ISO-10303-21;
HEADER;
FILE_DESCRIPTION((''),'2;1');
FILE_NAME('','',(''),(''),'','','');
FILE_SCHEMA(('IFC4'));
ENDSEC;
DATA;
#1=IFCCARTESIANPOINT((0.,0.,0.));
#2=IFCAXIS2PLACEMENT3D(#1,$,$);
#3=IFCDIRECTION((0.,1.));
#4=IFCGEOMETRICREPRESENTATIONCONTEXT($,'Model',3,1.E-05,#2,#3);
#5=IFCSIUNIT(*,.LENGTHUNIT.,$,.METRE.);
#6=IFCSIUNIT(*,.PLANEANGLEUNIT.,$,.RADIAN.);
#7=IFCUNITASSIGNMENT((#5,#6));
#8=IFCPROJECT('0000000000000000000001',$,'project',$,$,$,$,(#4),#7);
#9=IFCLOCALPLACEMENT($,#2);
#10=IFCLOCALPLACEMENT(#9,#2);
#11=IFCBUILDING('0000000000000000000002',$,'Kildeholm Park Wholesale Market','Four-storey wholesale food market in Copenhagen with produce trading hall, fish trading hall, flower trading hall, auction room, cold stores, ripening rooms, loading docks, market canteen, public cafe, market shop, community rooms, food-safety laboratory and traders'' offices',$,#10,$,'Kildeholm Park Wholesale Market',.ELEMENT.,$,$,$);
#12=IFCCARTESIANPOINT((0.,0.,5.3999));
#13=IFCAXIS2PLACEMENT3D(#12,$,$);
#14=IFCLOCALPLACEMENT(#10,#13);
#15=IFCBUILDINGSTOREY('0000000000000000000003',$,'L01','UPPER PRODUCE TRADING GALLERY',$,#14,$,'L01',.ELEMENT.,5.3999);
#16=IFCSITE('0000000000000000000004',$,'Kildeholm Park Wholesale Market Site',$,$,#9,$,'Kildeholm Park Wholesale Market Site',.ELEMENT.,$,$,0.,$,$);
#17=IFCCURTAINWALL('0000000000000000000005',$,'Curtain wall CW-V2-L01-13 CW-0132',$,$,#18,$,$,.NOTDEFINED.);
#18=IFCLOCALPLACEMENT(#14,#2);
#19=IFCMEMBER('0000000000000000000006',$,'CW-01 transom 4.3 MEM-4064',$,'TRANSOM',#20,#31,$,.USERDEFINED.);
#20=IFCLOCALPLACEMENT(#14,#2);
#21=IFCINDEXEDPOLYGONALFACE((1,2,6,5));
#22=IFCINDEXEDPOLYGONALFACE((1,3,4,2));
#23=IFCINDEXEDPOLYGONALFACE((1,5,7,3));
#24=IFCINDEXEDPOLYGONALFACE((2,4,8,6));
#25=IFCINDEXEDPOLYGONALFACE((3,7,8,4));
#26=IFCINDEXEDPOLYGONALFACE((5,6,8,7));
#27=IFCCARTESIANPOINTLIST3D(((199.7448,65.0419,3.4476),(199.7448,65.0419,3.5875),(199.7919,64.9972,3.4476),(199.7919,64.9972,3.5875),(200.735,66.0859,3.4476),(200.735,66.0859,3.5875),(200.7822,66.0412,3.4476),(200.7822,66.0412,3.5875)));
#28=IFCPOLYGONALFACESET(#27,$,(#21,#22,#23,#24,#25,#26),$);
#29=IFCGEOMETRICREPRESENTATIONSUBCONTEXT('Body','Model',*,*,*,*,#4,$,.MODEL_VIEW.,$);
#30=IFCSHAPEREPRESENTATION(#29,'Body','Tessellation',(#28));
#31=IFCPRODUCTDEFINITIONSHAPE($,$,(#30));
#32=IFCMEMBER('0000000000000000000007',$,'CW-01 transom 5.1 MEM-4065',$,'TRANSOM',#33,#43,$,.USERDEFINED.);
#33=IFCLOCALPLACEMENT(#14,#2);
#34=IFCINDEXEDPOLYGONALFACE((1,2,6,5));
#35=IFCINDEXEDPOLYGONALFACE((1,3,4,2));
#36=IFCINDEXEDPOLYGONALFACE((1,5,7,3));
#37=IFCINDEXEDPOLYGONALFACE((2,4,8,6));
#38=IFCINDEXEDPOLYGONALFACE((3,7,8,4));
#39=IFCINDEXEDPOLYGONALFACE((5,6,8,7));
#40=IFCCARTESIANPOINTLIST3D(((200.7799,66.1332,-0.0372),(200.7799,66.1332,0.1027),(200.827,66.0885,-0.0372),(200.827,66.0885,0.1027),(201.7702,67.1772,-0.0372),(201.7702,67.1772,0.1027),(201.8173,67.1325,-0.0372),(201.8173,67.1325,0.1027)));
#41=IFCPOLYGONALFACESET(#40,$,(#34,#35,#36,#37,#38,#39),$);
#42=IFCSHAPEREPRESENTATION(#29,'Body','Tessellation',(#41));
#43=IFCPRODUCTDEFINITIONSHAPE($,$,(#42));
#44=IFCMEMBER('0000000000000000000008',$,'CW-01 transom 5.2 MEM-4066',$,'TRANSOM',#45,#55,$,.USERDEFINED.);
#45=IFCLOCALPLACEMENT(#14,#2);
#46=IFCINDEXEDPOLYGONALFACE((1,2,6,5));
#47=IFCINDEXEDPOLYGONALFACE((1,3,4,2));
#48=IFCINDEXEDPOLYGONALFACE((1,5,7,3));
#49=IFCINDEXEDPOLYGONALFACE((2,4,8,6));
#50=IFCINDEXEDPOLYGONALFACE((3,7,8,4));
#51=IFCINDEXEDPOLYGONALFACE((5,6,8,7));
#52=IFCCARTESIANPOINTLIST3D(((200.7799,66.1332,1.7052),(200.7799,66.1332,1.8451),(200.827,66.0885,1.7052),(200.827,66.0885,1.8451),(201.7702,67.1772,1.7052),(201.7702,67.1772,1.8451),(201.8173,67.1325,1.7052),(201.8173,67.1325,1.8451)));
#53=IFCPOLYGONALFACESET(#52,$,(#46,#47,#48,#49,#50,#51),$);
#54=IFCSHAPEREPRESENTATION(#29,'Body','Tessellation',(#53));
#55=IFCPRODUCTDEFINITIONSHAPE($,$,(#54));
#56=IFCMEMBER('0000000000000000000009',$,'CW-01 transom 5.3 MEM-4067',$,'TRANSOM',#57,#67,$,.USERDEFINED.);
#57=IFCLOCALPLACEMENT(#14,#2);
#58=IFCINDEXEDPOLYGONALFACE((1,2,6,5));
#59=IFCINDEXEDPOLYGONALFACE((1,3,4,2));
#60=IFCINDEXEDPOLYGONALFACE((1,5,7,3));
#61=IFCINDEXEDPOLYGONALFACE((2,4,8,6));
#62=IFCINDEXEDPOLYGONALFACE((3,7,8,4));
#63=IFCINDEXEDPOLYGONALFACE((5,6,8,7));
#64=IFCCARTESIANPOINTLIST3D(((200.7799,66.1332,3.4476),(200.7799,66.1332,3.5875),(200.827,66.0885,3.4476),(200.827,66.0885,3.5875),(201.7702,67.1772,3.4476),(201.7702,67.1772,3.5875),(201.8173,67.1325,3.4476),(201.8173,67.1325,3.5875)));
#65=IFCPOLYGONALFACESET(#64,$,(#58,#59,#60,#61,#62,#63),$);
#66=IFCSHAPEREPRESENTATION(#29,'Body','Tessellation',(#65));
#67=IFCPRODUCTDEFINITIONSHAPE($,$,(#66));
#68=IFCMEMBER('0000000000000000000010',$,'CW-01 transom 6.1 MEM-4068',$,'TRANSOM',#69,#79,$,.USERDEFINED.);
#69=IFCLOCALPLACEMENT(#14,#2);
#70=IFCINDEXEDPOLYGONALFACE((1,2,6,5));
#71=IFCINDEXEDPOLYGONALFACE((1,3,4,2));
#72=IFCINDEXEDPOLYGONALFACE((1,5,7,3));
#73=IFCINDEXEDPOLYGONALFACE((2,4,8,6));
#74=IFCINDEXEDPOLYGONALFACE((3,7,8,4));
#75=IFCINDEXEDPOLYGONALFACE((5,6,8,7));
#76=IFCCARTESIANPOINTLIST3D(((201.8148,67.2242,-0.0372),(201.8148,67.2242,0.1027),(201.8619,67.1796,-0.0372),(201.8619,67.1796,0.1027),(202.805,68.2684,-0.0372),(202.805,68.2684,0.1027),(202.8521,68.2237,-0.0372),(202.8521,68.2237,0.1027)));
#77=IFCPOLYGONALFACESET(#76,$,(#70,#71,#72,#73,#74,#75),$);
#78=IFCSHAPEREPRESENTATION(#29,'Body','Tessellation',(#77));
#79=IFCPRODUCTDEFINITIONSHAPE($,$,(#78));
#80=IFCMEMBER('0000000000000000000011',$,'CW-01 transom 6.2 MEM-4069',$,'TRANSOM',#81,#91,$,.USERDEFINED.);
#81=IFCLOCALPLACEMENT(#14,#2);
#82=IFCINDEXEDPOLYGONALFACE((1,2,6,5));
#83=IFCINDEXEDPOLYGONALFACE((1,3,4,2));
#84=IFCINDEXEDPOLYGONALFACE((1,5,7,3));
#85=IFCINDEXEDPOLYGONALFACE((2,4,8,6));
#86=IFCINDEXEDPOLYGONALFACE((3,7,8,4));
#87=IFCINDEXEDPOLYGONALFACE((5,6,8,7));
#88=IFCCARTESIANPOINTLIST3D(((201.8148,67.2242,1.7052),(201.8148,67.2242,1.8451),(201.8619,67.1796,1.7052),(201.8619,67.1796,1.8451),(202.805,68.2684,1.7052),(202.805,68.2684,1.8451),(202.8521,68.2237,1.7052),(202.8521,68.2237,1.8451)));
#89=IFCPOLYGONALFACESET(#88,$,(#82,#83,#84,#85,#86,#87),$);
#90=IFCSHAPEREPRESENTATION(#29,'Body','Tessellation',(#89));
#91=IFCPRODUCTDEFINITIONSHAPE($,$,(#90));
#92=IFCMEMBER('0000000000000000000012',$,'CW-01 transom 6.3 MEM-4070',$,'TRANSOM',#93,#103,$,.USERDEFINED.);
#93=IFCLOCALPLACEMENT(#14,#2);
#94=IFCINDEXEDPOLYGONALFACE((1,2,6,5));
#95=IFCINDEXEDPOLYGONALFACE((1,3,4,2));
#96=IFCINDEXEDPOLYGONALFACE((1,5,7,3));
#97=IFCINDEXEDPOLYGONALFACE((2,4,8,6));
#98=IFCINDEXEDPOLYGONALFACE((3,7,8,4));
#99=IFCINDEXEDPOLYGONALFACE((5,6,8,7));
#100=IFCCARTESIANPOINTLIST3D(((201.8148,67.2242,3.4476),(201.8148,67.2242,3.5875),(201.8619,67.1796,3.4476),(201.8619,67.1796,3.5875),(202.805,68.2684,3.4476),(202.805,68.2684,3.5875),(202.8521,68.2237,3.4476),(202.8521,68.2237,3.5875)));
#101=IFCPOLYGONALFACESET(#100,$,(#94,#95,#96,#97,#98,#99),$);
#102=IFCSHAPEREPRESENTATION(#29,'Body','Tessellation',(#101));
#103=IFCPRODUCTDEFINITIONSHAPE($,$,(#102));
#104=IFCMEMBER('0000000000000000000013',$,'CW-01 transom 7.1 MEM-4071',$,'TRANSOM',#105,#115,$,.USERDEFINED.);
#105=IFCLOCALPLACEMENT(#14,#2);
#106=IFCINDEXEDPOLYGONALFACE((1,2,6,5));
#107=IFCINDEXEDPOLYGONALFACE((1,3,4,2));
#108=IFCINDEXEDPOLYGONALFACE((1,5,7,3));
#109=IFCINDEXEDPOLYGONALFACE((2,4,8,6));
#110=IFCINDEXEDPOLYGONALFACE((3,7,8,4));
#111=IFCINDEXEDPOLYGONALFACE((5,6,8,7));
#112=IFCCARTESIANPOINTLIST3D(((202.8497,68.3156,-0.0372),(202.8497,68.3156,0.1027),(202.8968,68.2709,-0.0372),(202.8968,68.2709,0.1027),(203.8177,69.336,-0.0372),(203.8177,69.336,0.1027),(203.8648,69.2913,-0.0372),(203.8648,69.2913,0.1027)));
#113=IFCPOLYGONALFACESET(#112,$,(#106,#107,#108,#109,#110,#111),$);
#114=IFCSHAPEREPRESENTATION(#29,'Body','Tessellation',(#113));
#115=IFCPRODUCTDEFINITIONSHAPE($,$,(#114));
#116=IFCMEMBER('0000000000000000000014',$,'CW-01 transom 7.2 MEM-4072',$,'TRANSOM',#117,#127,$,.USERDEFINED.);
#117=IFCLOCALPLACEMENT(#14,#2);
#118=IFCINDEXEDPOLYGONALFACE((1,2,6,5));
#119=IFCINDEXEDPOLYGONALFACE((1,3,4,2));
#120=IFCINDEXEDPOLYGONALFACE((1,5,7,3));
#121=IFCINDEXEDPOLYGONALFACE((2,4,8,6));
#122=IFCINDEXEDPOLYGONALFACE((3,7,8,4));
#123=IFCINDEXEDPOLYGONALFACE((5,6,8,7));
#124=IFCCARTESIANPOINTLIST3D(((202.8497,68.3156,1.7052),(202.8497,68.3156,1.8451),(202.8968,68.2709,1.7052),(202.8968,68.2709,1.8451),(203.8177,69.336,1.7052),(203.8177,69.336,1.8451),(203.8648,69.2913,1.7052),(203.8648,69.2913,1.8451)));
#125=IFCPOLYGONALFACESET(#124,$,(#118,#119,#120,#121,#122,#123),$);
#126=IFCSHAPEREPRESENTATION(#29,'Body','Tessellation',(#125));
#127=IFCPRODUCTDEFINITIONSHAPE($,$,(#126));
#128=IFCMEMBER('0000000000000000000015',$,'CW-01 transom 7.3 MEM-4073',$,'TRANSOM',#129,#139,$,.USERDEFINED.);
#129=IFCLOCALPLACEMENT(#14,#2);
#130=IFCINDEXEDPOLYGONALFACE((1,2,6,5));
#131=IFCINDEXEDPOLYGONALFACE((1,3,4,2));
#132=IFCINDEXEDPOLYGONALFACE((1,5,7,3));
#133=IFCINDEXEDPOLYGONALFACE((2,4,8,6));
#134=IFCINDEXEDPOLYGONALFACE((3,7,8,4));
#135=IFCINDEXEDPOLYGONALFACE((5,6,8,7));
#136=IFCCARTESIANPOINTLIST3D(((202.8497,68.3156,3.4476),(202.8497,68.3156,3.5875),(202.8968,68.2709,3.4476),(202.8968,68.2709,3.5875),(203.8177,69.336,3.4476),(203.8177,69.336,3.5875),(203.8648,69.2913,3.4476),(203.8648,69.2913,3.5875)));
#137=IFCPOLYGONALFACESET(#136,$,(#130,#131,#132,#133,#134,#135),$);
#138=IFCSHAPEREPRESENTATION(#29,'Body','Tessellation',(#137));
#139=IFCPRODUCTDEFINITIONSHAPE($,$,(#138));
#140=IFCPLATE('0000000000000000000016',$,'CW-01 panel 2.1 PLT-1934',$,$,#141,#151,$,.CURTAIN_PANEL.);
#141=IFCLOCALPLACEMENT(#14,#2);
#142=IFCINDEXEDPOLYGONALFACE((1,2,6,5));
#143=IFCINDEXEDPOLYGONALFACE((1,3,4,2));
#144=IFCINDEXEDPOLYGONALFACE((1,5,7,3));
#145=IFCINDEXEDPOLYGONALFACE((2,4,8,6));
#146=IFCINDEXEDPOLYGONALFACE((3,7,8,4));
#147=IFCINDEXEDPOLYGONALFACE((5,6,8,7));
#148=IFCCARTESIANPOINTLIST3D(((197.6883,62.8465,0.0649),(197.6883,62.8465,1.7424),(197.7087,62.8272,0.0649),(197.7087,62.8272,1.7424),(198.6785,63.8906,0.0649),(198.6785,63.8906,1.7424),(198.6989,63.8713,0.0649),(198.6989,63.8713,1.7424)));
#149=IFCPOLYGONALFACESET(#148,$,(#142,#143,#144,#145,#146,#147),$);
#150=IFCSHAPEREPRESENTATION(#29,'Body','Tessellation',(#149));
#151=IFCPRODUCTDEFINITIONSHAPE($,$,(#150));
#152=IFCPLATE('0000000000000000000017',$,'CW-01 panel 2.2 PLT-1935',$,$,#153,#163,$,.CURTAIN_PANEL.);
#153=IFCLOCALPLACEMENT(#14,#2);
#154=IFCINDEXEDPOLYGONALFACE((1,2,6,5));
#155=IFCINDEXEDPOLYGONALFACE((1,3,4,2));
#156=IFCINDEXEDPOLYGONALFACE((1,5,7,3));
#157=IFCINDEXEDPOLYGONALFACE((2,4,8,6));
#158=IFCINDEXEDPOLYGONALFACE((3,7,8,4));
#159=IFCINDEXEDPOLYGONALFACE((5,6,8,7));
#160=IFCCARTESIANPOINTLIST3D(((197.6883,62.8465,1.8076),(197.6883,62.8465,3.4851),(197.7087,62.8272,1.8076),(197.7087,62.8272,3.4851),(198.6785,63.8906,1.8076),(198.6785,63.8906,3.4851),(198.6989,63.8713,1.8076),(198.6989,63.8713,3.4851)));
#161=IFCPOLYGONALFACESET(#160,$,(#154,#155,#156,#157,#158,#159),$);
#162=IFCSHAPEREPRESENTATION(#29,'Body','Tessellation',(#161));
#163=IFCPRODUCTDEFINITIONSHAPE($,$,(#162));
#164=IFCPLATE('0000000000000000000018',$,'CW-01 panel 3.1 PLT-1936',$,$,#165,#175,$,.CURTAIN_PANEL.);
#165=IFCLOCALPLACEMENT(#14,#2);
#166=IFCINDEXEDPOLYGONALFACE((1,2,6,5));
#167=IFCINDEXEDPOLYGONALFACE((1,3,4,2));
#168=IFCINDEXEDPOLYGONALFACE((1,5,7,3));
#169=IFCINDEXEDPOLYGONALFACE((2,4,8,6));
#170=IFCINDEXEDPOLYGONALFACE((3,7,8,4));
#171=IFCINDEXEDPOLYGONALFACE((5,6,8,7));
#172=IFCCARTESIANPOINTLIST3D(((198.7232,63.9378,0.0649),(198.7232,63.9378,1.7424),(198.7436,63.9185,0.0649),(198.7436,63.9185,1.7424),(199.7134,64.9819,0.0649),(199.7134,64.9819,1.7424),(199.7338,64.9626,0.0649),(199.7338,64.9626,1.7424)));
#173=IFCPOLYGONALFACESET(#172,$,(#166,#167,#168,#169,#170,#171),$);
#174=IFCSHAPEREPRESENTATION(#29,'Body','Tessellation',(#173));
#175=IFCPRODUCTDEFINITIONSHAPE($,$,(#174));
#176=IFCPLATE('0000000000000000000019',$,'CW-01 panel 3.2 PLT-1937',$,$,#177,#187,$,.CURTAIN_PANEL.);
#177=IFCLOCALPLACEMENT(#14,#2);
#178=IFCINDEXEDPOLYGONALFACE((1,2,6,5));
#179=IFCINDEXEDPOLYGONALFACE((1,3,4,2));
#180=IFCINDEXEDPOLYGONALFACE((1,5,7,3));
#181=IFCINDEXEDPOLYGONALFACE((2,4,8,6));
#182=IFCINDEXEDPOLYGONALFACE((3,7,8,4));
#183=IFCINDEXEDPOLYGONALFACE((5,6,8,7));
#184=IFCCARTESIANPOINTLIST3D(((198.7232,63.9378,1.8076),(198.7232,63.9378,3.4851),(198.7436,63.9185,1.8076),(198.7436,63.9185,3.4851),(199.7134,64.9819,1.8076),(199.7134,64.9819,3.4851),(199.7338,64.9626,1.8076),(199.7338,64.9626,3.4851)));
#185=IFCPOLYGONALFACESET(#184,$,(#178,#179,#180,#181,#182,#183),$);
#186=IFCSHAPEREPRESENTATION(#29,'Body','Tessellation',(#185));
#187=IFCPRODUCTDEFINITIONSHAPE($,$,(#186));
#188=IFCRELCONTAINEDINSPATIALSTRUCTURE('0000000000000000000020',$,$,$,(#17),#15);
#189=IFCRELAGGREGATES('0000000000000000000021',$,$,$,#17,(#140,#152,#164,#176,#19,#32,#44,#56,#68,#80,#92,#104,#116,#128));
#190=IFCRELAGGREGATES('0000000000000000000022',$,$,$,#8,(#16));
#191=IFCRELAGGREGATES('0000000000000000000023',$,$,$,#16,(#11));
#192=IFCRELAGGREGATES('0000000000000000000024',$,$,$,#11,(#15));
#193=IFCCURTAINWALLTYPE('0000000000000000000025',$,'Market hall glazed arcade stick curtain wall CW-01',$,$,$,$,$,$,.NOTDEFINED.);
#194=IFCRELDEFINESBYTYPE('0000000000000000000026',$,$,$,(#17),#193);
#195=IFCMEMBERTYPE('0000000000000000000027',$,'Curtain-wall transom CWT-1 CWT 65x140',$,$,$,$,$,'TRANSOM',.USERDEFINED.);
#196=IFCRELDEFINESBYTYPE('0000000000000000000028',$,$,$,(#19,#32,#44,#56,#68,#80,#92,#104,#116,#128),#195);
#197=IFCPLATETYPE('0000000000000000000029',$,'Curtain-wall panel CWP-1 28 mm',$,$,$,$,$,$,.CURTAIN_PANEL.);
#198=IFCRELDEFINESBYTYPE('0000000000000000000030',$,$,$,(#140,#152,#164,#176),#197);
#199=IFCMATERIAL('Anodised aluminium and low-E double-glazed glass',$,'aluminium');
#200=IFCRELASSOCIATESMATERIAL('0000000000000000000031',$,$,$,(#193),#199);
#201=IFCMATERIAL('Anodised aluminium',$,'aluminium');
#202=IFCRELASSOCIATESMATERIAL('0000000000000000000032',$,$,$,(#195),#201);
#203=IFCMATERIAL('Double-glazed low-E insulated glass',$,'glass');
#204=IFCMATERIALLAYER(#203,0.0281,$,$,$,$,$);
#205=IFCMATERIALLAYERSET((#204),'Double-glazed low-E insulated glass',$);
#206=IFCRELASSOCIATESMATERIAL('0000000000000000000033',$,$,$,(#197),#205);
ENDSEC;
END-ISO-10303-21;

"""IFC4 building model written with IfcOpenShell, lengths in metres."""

from ifc_helpers import new_model, si_unit, direction, frame, origin, origin_2d, place, context, subcontext, project, spatial, rectangle, extrude, material, layer, layer_set, material_profile, profile_set, type_object, element, aggregate, save


model = new_model("IFC4")

# Units and contexts
model_context = context("Model", 3, precision=1e-05, world=origin(), true_north=direction((0.0, 1.0)))
body_context = subcontext(model_context, "Body", "Model", "MODEL_VIEW")
ifc_project = project(units=[si_unit("LENGTHUNIT", "METRE"), si_unit("PLANEANGLEUNIT", "RADIAN")], contexts=[model_context])

# Site, building, storey
site_placement = place(None, origin())
site = spatial("IfcSite", under=ifc_project, at=site_placement, Name="Kildeholm Park Wholesale Market Site", LongName="Kildeholm Park Wholesale Market Site", CompositionType="ELEMENT", RefElevation=0.0)
building_placement = place(site_placement, origin())
building = spatial("IfcBuilding", under=site, at=building_placement, Name="Kildeholm Park Wholesale Market", Description="Four-storey wholesale food market in Copenhagen with produce trading hall, fish trading hall, flower trading hall, auction room, cold stores, ripening rooms, loading docks, market canteen, public cafe, market shop, community rooms, food-safety laboratory and traders' offices", LongName="Kildeholm Park Wholesale Market", CompositionType="ELEMENT")
storey_placement = place(building_placement, frame((0.0, 0.0, 5.3999)))
storey = spatial("IfcBuildingStorey", under=building, at=storey_placement, Name="L01", Description="UPPER PRODUCE TRADING GALLERY", LongName="L01", CompositionType="ELEMENT", Elevation=5.3999)

# Curtain wall, members, plates
ifc_material_1 = material(Name="Anodised aluminium and low-E double-glazed glass", Category="aluminium")
curtain_wall_type = type_object("IfcCurtainWallType", Name="Market hall glazed arcade stick curtain wall CW-01", PredefinedType="NOTDEFINED", material=ifc_material_1)
curtain_wall_placement = place(storey_placement, origin())
curtain_wall = element("IfcCurtainWall", 1, at=curtain_wall_placement, inside=storey, type_object=curtain_wall_type, Name="Curtain wall CW-V2-L01-13 CW-0132", PredefinedType="NOTDEFINED")
ifc_material_2 = material(Name="Anodised aluminium", Category="aluminium")
ifc_material_profile_1 = material_profile(ifc_material_2, rectangle(XDim=0.0649, YDim=0.1399, at=origin_2d()), Name="CWT 65x140")
ifc_profile_set_1 = profile_set([ifc_material_profile_1], Name="Anodised aluminium")
member_type_1 = type_object("IfcMemberType", Name="Curtain-wall transom CWT-1 CWT 65x140", ElementType="TRANSOM", PredefinedType="USERDEFINED", material=ifc_profile_set_1)
member_1_placement = place(storey_placement, frame((199.7683, 65.0195, 3.5176), z_axis=(0.688196, 0.725525, 0.0), x_axis=(-0.725525, 0.688196, 0.0)))
member_1 = element("IfcMember", 2, at=member_1_placement, type_object=member_type_1, Name="CW-01 transom 4.3 MEM-4064", ObjectType="TRANSOM", PredefinedType="USERDEFINED", context=body_context, shape_type="SweptSolid", body=[
    extrude(rectangle(XDim=0.0649, YDim=0.1399, at=origin_2d()), origin(), (0.0, 0.0, 1.0), 1.439),
])
member_2_placement = place(storey_placement, frame((200.8035, 66.1108, 0.0327), z_axis=(0.688196, 0.725525, 0.0), x_axis=(-0.725525, 0.688196, 0.0)))
member_2 = element("IfcMember", 3, at=member_2_placement, type_object=member_type_1, Name="CW-01 transom 5.1 MEM-4065", ObjectType="TRANSOM", PredefinedType="USERDEFINED", context=body_context, shape_type="SweptSolid", body=[
    extrude(rectangle(XDim=0.0649, YDim=0.1399, at=origin_2d()), origin(), (0.0, 0.0, 1.0), 1.439),
])
member_3_placement = place(storey_placement, frame((200.8035, 66.1108, 1.7751), z_axis=(0.688196, 0.725525, 0.0), x_axis=(-0.725525, 0.688196, 0.0)))
member_3 = element("IfcMember", 4, at=member_3_placement, type_object=member_type_1, Name="CW-01 transom 5.2 MEM-4066", ObjectType="TRANSOM", PredefinedType="USERDEFINED", context=body_context, shape_type="SweptSolid", body=[
    extrude(rectangle(XDim=0.0649, YDim=0.1399, at=origin_2d()), origin(), (0.0, 0.0, 1.0), 1.439),
])
member_4_placement = place(storey_placement, frame((200.8035, 66.1108, 3.5176), z_axis=(0.688196, 0.725525, 0.0), x_axis=(-0.725525, 0.688196, 0.0)))
member_4 = element("IfcMember", 5, at=member_4_placement, type_object=member_type_1, Name="CW-01 transom 5.3 MEM-4067", ObjectType="TRANSOM", PredefinedType="USERDEFINED", context=body_context, shape_type="SweptSolid", body=[
    extrude(rectangle(XDim=0.0649, YDim=0.1399, at=origin_2d()), origin(), (0.0, 0.0, 1.0), 1.439),
])
member_5_placement = place(storey_placement, frame((201.8384, 67.2019, 0.0327), z_axis=(0.688112, 0.725605, 0.0), x_axis=(-0.725605, 0.688112, 0.0)))
member_5 = element("IfcMember", 6, at=member_5_placement, type_object=member_type_1, Name="CW-01 transom 6.1 MEM-4068", ObjectType="TRANSOM", PredefinedType="USERDEFINED", context=body_context, shape_type="SweptSolid", body=[
    extrude(rectangle(XDim=0.0649, YDim=0.1399, at=origin_2d()), origin(), (0.0, 0.0, 1.0), 1.439),
])
member_6_placement = place(storey_placement, frame((201.8384, 67.2019, 1.7751), z_axis=(0.688112, 0.725605, 0.0), x_axis=(-0.725605, 0.688112, 0.0)))
member_6 = element("IfcMember", 7, at=member_6_placement, type_object=member_type_1, Name="CW-01 transom 6.2 MEM-4069", ObjectType="TRANSOM", PredefinedType="USERDEFINED", context=body_context, shape_type="SweptSolid", body=[
    extrude(rectangle(XDim=0.0649, YDim=0.1399, at=origin_2d()), origin(), (0.0, 0.0, 1.0), 1.439),
])
member_7_placement = place(storey_placement, frame((201.8384, 67.2019, 3.5176), z_axis=(0.688112, 0.725605, 0.0), x_axis=(-0.725605, 0.688112, 0.0)))
member_7 = element("IfcMember", 8, at=member_7_placement, type_object=member_type_1, Name="CW-01 transom 6.3 MEM-4070", ObjectType="TRANSOM", PredefinedType="USERDEFINED", context=body_context, shape_type="SweptSolid", body=[
    extrude(rectangle(XDim=0.0649, YDim=0.1399, at=origin_2d()), origin(), (0.0, 0.0, 1.0), 1.439),
])
member_8_placement = place(storey_placement, frame((202.8733, 68.2932, 0.0327), z_axis=(0.688202, 0.725519, 0.0), x_axis=(-0.725519, 0.688202, 0.0)))
member_8 = element("IfcMember", 9, at=member_8_placement, type_object=member_type_1, Name="CW-01 transom 7.1 MEM-4071", ObjectType="TRANSOM", PredefinedType="USERDEFINED", context=body_context, shape_type="SweptSolid", body=[
    extrude(rectangle(XDim=0.0649, YDim=0.1399, at=origin_2d()), origin(), (0.0, 0.0, 1.0), 1.4065),
])
member_9_placement = place(storey_placement, frame((202.8733, 68.2932, 1.7751), z_axis=(0.688202, 0.725519, 0.0), x_axis=(-0.725519, 0.688202, 0.0)))
member_9 = element("IfcMember", 10, at=member_9_placement, type_object=member_type_1, Name="CW-01 transom 7.2 MEM-4072", ObjectType="TRANSOM", PredefinedType="USERDEFINED", context=body_context, shape_type="SweptSolid", body=[
    extrude(rectangle(XDim=0.0649, YDim=0.1399, at=origin_2d()), origin(), (0.0, 0.0, 1.0), 1.4065),
])
member_10_placement = place(storey_placement, frame((202.8733, 68.2932, 3.5176), z_axis=(0.688202, 0.725519, 0.0), x_axis=(-0.725519, 0.688202, 0.0)))
member_10 = element("IfcMember", 11, at=member_10_placement, type_object=member_type_1, Name="CW-01 transom 7.3 MEM-4073", ObjectType="TRANSOM", PredefinedType="USERDEFINED", context=body_context, shape_type="SweptSolid", body=[
    extrude(rectangle(XDim=0.0649, YDim=0.1399, at=origin_2d()), origin(), (0.0, 0.0, 1.0), 1.4065),
])
ifc_material_3 = material(Name="Double-glazed low-E insulated glass", Category="glass")
ifc_layer = layer(ifc_material_3, 0.0281)
ifc_layer_set = layer_set([ifc_layer], Name="Double-glazed low-E insulated glass")
plate_type = type_object("IfcPlateType", Name="Curtain-wall panel CWP-1 28 mm", PredefinedType="CURTAIN_PANEL", material=ifc_layer_set)
plate_1_placement = place(storey_placement, frame((198.1936, 63.3589, 0.0649), z_axis=(0.0, 0.0, 1.0), x_axis=(0.688148, 0.725571, 0.0)))
plate_1 = element("IfcPlate", 12, at=plate_1_placement, type_object=plate_type, Name="CW-01 panel 2.1 PLT-1934", PredefinedType="CURTAIN_PANEL", context=body_context, shape_type="SweptSolid", body=[
    extrude(rectangle(XDim=1.439, YDim=0.0281, at=origin_2d()), origin(), (0.0, 0.0, 1.0), 1.6775),
])
plate_2_placement = place(storey_placement, frame((198.1936, 63.3589, 1.8076), z_axis=(0.0, 0.0, 1.0), x_axis=(0.688148, 0.725571, 0.0)))
plate_2 = element("IfcPlate", 13, at=plate_2_placement, type_object=plate_type, Name="CW-01 panel 2.2 PLT-1935", PredefinedType="CURTAIN_PANEL", context=body_context, shape_type="SweptSolid", body=[
    extrude(rectangle(XDim=1.439, YDim=0.0281, at=origin_2d()), origin(), (0.0, 0.0, 1.0), 1.6775),
])
plate_3_placement = place(storey_placement, frame((199.2285, 64.4502, 0.0649), z_axis=(0.0, 0.0, 1.0), x_axis=(0.688148, 0.725571, 0.0)))
plate_3 = element("IfcPlate", 14, at=plate_3_placement, type_object=plate_type, Name="CW-01 panel 3.1 PLT-1936", PredefinedType="CURTAIN_PANEL", context=body_context, shape_type="SweptSolid", body=[
    extrude(rectangle(XDim=1.439, YDim=0.0281, at=origin_2d()), origin(), (0.0, 0.0, 1.0), 1.6775),
])
plate_4_placement = place(storey_placement, frame((199.2285, 64.4502, 1.8076), z_axis=(0.0, 0.0, 1.0), x_axis=(0.688148, 0.725571, 0.0)))
plate_4 = element("IfcPlate", 15, at=plate_4_placement, type_object=plate_type, Name="CW-01 panel 3.2 PLT-1937", PredefinedType="CURTAIN_PANEL", context=body_context, shape_type="SweptSolid", body=[
    extrude(rectangle(XDim=1.439, YDim=0.0281, at=origin_2d()), origin(), (0.0, 0.0, 1.0), 1.6775),
])
aggregate(curtain_wall, [plate_1, plate_2, plate_3, plate_4, member_1, member_2, member_3, member_4, member_5, member_6, member_7, member_8, member_9, member_10])

save(model, "model.ifc")
